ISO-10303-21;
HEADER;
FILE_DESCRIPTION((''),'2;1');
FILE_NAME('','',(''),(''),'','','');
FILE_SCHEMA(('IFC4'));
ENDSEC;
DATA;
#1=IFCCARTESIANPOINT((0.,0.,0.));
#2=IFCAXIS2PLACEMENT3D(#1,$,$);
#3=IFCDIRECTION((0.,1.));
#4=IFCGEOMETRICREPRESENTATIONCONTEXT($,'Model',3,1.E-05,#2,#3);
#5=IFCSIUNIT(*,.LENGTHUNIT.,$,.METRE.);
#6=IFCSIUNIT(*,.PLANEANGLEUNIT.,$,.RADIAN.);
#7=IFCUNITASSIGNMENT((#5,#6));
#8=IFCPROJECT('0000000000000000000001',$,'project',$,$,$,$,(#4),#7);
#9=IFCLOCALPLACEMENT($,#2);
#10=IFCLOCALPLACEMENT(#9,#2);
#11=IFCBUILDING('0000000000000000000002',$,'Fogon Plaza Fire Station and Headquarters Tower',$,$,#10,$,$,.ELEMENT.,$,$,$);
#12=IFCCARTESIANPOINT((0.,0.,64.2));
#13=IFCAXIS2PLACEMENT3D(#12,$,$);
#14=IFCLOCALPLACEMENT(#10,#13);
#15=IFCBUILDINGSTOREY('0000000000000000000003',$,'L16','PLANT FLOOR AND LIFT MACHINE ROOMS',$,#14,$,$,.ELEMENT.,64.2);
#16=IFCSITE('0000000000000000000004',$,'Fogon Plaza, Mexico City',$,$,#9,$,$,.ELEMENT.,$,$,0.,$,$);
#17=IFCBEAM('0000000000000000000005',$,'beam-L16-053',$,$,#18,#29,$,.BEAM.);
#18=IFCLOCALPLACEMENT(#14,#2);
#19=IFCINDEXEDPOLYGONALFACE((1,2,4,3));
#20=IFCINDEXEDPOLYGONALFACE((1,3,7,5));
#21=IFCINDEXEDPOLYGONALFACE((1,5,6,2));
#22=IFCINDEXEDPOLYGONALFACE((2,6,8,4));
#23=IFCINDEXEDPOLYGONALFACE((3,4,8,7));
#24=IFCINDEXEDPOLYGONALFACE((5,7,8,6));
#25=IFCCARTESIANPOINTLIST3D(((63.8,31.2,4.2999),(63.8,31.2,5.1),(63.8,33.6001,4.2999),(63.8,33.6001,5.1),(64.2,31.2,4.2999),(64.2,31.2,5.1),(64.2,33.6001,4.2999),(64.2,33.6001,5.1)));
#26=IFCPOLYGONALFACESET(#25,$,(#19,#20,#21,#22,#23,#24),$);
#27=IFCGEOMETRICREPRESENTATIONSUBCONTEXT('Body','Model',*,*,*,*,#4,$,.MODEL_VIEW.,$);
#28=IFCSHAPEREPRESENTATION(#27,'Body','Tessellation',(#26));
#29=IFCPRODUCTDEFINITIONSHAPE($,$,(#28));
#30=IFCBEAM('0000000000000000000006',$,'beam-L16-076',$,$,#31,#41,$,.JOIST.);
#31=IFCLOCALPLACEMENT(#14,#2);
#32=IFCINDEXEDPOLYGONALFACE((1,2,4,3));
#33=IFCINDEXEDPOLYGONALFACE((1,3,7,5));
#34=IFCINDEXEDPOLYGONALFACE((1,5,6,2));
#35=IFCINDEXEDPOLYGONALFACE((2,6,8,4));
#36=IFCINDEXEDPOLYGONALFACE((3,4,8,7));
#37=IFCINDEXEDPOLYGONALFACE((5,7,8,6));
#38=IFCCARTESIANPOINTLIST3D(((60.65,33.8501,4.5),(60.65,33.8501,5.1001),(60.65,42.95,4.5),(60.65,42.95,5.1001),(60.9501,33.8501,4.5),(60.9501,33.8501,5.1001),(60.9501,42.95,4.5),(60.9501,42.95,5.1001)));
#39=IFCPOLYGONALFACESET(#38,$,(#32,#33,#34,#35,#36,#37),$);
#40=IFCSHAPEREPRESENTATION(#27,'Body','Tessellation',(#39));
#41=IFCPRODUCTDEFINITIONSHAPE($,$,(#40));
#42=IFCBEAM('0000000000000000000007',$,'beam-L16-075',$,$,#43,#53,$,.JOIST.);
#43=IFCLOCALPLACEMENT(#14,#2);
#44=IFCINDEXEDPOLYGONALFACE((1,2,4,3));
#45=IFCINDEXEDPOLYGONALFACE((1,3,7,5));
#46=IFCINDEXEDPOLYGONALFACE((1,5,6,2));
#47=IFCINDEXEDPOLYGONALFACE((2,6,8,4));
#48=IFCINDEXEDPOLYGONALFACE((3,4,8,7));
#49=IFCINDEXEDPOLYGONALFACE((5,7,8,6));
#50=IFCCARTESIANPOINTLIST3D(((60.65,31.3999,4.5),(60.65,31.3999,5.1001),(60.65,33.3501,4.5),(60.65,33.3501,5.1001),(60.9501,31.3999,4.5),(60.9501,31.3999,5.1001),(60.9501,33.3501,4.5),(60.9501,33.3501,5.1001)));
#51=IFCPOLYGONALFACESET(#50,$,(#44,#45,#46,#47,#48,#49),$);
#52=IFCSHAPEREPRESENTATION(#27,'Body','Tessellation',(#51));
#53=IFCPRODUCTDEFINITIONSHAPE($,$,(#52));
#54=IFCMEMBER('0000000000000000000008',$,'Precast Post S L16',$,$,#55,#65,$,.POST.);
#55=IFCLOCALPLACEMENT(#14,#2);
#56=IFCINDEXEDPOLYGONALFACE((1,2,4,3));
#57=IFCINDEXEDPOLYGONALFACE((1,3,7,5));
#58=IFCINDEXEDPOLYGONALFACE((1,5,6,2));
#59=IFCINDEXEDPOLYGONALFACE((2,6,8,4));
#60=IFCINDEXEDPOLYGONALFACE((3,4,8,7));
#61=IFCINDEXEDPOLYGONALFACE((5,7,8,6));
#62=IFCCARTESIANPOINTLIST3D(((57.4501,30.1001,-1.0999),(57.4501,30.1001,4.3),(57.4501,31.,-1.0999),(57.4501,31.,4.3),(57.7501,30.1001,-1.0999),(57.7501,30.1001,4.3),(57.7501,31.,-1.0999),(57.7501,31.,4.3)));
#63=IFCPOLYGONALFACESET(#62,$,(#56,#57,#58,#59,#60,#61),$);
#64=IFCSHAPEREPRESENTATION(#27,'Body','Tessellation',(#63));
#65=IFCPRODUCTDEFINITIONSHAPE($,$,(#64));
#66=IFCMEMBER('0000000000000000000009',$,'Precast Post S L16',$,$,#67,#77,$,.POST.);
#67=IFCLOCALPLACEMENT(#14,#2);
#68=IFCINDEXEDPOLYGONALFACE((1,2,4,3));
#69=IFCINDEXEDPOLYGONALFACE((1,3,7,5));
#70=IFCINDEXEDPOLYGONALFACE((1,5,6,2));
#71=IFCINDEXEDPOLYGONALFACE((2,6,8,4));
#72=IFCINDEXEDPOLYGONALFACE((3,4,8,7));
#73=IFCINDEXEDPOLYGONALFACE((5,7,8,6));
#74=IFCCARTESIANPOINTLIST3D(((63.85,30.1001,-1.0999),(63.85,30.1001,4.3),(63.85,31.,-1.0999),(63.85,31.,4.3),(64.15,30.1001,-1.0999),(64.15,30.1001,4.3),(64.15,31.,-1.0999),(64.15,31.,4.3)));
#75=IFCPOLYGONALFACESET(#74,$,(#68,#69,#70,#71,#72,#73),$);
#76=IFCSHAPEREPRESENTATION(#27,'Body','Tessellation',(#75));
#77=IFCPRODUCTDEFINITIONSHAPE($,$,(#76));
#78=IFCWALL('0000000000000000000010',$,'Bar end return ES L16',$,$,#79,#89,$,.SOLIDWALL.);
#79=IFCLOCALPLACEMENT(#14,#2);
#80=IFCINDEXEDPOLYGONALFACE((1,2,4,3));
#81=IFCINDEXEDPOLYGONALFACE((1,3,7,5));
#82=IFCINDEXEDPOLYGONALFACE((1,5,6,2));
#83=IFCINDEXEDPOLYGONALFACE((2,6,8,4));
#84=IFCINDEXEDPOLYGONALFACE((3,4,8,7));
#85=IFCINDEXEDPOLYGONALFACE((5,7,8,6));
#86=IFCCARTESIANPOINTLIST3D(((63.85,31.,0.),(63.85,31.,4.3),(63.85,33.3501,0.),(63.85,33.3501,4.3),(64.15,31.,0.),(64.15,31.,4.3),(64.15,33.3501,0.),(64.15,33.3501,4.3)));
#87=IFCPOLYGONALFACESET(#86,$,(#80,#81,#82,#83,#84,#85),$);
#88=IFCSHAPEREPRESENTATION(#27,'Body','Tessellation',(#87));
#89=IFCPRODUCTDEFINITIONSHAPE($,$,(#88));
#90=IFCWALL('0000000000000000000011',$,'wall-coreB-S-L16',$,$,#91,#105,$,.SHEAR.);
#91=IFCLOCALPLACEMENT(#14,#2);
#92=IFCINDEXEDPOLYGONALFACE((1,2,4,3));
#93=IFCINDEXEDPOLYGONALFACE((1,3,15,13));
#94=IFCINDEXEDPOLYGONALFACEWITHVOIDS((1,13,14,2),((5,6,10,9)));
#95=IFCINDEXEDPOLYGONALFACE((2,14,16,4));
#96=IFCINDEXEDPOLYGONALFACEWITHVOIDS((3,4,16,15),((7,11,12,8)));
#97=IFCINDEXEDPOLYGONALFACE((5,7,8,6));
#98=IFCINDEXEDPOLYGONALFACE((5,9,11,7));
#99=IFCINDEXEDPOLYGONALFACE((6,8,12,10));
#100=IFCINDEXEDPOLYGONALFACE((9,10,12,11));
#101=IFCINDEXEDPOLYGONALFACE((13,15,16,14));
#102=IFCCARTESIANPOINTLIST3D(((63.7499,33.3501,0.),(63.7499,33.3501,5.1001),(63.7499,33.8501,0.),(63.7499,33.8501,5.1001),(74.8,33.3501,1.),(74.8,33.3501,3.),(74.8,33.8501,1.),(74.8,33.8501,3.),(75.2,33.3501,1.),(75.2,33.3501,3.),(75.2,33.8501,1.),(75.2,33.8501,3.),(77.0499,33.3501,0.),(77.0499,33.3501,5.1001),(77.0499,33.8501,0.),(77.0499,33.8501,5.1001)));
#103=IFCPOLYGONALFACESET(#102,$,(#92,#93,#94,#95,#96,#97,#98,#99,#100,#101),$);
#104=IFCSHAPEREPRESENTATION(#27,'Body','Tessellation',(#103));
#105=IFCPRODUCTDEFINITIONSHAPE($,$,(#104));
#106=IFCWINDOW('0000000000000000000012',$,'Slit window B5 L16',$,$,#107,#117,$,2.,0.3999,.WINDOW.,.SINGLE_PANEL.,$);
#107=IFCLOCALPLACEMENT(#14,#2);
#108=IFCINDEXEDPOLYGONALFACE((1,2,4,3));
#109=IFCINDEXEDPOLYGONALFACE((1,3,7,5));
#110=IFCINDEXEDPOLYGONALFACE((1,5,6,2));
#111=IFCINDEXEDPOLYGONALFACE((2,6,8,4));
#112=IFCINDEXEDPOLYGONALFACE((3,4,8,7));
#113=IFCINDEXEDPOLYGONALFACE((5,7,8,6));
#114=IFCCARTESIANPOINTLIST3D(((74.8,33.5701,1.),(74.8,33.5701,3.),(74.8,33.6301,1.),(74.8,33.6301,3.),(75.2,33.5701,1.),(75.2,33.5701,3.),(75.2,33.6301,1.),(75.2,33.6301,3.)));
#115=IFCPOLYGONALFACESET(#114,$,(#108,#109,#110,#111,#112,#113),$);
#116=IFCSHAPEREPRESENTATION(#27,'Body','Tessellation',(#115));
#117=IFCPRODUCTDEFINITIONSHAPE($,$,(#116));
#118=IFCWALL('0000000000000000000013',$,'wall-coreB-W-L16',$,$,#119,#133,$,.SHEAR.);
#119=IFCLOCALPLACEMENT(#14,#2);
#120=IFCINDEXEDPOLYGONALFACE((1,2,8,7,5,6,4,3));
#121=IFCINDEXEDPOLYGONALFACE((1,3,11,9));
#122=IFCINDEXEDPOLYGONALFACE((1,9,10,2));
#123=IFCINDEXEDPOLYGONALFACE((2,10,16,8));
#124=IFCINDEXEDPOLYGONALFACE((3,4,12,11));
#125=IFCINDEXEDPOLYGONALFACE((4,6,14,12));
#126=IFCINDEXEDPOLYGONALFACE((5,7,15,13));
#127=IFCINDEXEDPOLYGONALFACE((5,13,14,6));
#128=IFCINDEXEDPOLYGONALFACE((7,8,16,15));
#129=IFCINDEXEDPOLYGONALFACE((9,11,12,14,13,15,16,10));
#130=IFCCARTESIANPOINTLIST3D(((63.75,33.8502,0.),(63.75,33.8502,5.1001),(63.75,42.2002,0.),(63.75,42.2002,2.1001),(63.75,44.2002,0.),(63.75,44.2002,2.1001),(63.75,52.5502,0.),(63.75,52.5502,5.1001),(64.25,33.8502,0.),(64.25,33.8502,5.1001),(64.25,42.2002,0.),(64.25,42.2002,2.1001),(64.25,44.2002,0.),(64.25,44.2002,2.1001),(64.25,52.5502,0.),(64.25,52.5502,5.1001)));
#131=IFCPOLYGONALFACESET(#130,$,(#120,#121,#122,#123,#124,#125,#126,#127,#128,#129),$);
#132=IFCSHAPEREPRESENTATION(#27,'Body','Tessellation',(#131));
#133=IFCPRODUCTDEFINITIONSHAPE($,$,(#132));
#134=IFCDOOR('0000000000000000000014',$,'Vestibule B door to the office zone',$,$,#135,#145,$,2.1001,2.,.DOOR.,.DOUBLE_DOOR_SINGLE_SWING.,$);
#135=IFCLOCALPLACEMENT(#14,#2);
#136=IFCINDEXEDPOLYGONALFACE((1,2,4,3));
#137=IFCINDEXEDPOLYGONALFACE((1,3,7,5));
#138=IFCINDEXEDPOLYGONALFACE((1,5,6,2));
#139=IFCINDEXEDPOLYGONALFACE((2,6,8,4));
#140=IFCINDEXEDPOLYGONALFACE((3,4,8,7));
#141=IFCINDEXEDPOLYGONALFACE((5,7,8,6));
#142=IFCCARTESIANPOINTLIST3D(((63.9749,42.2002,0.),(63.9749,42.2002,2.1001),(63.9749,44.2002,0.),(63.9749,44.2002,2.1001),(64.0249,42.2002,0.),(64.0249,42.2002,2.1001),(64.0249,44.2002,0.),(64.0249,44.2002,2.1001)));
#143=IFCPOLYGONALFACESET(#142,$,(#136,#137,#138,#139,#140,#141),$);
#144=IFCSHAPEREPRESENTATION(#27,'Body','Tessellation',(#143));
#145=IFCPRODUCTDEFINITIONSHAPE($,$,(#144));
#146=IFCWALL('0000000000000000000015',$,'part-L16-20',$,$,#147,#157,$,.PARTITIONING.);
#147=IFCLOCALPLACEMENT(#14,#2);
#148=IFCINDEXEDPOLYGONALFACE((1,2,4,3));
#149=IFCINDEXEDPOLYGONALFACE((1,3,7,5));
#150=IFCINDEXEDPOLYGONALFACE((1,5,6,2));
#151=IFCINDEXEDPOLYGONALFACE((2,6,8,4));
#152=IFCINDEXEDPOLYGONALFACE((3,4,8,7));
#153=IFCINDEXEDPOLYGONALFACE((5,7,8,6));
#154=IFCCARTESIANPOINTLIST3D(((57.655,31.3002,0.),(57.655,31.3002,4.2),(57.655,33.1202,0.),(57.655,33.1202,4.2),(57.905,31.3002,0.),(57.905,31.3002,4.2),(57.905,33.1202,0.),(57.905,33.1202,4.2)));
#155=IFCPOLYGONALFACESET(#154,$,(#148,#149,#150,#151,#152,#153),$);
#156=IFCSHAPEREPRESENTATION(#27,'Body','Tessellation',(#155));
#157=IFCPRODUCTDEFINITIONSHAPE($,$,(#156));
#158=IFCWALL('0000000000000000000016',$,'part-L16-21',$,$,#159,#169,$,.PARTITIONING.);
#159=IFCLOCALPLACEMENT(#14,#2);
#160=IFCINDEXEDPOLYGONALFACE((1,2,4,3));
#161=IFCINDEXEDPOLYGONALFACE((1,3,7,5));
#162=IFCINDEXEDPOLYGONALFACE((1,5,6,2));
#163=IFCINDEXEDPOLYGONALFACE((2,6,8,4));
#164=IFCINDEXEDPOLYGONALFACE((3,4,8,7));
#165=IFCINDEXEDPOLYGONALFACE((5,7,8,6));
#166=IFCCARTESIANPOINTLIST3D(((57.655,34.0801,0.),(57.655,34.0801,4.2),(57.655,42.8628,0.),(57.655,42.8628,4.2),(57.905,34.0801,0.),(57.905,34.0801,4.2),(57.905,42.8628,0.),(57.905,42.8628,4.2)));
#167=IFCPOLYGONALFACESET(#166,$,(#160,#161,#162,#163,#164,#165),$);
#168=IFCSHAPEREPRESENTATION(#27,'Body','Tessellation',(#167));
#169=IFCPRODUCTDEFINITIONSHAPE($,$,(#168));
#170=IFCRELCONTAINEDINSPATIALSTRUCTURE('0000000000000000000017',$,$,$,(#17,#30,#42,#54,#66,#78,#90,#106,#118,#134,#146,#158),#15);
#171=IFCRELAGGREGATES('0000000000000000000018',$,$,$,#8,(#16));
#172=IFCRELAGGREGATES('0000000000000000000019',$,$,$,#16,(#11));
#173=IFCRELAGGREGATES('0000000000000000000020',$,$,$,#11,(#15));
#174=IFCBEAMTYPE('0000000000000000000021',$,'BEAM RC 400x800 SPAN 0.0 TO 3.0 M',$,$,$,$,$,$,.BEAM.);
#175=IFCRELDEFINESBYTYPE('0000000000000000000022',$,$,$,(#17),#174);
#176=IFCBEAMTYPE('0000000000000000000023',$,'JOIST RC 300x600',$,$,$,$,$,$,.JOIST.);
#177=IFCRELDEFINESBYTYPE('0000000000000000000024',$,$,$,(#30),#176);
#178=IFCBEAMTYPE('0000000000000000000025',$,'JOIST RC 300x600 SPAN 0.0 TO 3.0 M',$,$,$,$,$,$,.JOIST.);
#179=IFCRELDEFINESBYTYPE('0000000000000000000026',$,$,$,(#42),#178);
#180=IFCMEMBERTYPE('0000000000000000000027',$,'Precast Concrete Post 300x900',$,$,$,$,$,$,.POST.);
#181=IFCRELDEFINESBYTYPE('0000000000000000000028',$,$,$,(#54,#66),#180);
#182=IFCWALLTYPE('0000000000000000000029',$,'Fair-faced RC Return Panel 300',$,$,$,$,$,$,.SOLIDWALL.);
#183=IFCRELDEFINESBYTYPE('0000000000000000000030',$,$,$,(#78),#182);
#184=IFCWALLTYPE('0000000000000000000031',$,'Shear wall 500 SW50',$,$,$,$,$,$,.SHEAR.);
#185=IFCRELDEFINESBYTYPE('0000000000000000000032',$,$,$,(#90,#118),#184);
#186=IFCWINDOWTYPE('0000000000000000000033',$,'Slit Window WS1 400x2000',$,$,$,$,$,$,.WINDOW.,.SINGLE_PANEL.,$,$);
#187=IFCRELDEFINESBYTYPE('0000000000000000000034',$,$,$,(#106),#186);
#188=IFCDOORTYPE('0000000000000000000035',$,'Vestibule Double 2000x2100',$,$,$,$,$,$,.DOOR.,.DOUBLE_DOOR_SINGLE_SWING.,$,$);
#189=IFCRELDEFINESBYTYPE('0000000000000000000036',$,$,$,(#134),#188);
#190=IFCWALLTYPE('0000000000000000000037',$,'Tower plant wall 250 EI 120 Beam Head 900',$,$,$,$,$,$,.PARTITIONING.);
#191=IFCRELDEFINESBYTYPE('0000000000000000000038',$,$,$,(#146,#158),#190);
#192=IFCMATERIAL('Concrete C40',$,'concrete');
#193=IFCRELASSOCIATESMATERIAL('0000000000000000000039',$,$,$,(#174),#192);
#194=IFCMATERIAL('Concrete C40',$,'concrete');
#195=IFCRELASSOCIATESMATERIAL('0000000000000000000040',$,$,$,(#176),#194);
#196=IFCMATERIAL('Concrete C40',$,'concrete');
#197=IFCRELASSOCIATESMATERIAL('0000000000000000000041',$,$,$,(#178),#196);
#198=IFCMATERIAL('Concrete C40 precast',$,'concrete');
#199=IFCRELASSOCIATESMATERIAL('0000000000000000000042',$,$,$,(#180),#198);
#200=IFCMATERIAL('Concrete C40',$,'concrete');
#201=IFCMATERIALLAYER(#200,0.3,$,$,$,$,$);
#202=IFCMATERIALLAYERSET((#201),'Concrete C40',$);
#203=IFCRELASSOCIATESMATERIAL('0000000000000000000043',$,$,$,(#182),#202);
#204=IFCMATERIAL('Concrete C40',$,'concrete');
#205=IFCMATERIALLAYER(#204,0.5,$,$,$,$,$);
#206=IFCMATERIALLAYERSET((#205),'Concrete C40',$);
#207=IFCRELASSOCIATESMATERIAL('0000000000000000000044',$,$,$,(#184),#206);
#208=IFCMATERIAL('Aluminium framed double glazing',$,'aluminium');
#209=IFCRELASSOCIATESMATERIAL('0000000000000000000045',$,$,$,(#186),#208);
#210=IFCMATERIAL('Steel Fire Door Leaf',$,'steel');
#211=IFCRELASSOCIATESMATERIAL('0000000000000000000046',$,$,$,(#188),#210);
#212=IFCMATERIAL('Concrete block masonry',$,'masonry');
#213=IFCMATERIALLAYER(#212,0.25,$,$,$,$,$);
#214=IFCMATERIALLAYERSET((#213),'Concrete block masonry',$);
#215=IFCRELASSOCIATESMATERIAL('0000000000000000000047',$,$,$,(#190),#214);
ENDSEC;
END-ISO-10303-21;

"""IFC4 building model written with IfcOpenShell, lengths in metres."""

from ifc_helpers import new_model, si_unit, direction, frame, frame_2d, origin, origin_2d, place, context, subcontext, project, spatial, rectangle, extrude, material, layer, layer_set, material_profile, profile_set, type_object, element, fill, save


model = new_model("IFC4")

# Units and contexts
model_context = context("Model", 3, precision=1e-05, world=origin(), true_north=direction((0.0, 1.0)))
body_context = subcontext(model_context, "Body", "Model", "MODEL_VIEW")
ifc_project = project(units=[si_unit("LENGTHUNIT", "METRE"), si_unit("PLANEANGLEUNIT", "RADIAN")], contexts=[model_context])

# Site, building, storey
site_placement = place(None, origin())
site = spatial("IfcSite", under=ifc_project, at=site_placement, Name="Fogon Plaza, Mexico City", CompositionType="ELEMENT", RefElevation=0.0)
building_placement = place(site_placement, origin())
building = spatial("IfcBuilding", under=site, at=building_placement, Name="Fogon Plaza Fire Station and Headquarters Tower", CompositionType="ELEMENT")
storey_placement = place(building_placement, frame((0.0, 0.0, 64.2)))
storey = spatial("IfcBuildingStorey", under=building, at=storey_placement, Name="L16", Description="PLANT FLOOR AND LIFT MACHINE ROOMS", CompositionType="ELEMENT", Elevation=64.2)

# Beams
ifc_material_1 = material(Name="Concrete C40", Category="concrete")
ifc_material_profile_1 = material_profile(ifc_material_1, rectangle(XDim=0.3999, YDim=0.8, at=origin_2d()), Name="RC 400x800")
ifc_profile_set_1 = profile_set([ifc_material_profile_1], Name="Concrete C40")
beam_type_1 = type_object("IfcBeamType", Name="BEAM RC 400x800 SPAN 0.0 TO 3.0 M", PredefinedType="BEAM", material=ifc_profile_set_1)
beam_1_placement = place(storey_placement, frame((64.0, 31.2, 4.7), z_axis=(0.0, 1.0, 0.0), x_axis=(-1.0, 0.0, 0.0)))
element("IfcBeam", 1, at=beam_1_placement, inside=storey, type_object=beam_type_1, Name="beam-L16-053", PredefinedType="BEAM", context=body_context, shape_type="SweptSolid", body=[
    extrude(rectangle(XDim=0.3999, YDim=0.8, at=origin_2d()), origin(), (0.0, 0.0, 1.0), 2.4001),
])
ifc_material_2 = material(Name="Concrete C40", Category="concrete")
ifc_material_profile_2 = material_profile(ifc_material_2, rectangle(XDim=0.3, YDim=0.6001, at=origin_2d()), Name="RC 300x600")
ifc_profile_set_2 = profile_set([ifc_material_profile_2], Name="Concrete C40")
beam_type_2 = type_object("IfcBeamType", Name="JOIST RC 300x600", PredefinedType="JOIST", material=ifc_profile_set_2)
beam_2_placement = place(storey_placement, frame((60.8, 33.8501, 4.8), z_axis=(0.0, 1.0, 0.0), x_axis=(-1.0, 0.0, 0.0)))
element("IfcBeam", 2, at=beam_2_placement, inside=storey, type_object=beam_type_2, Name="beam-L16-076", PredefinedType="JOIST", context=body_context, shape_type="SweptSolid", body=[
    extrude(rectangle(XDim=0.3, YDim=0.6001, at=origin_2d()), origin(), (0.0, 0.0, 1.0), 9.0999),
])
ifc_material_3 = material(Name="Concrete C40", Category="concrete")
ifc_material_profile_3 = material_profile(ifc_material_3, rectangle(XDim=0.3, YDim=0.6001, at=origin_2d()), Name="RC 300x600")
ifc_profile_set_3 = profile_set([ifc_material_profile_3], Name="Concrete C40")
beam_type_3 = type_object("IfcBeamType", Name="JOIST RC 300x600 SPAN 0.0 TO 3.0 M", PredefinedType="JOIST", material=ifc_profile_set_3)
beam_3_placement = place(storey_placement, frame((60.8, 31.3999, 4.8), z_axis=(0.0, 1.0, 0.0), x_axis=(-1.0, 0.0, 0.0)))
element("IfcBeam", 3, at=beam_3_placement, inside=storey, type_object=beam_type_3, Name="beam-L16-075", PredefinedType="JOIST", context=body_context, shape_type="SweptSolid", body=[
    extrude(rectangle(XDim=0.3, YDim=0.6001, at=origin_2d()), origin(), (0.0, 0.0, 1.0), 1.9502),
])

# Members
ifc_material_4 = material(Name="Concrete C40 precast", Category="concrete")
ifc_material_profile_4 = material_profile(ifc_material_4, rectangle(XDim=0.3, YDim=0.8999, at=origin_2d()), Name="Precast Concrete Post 300x900")
ifc_profile_set_4 = profile_set([ifc_material_profile_4], Name="Concrete C40 precast")
member_type = type_object("IfcMemberType", Name="Precast Concrete Post 300x900", PredefinedType="POST", material=ifc_profile_set_4)
for number, where, z_axis, x_axis, name in (
    (4, (57.6001, 30.55, -1.0999), (0.0, 0.0, 1.0), (1.0, 0.0, 0.0), "Precast Post S L16"),
    (5, (64.0, 30.55, -1.0999), (0.0, 0.0, 1.0), (1.0, 0.0, 0.0), "Precast Post S L16"),
):
    element("IfcMember", number, at=place(storey_placement, frame(where, z_axis=z_axis, x_axis=x_axis)), inside=storey, type_object=member_type, Name=name, PredefinedType="POST", context=body_context, shape_type="SweptSolid", body=[
        extrude(rectangle(XDim=0.3, YDim=0.8999, at=origin_2d()), origin(), (0.0, 0.0, 1.0), 5.3999),
    ])

# Wall
ifc_material_5 = material(Name="Concrete C40", Category="concrete")
ifc_layer_1 = layer(ifc_material_5, 0.3)
ifc_layer_set_1 = layer_set([ifc_layer_1], Name="Concrete C40")
wall_type_1 = type_object("IfcWallType", Name="Fair-faced RC Return Panel 300", PredefinedType="SOLIDWALL", material=ifc_layer_set_1)
wall_1_placement = place(storey_placement, frame((64.0, 31.0, 0.0), z_axis=(0.0, 0.0, 1.0), x_axis=(0.0, 1.0, 0.0)))
element("IfcWall", 6, at=wall_1_placement, inside=storey, type_object=wall_type_1, Name="Bar end return ES L16", PredefinedType="SOLIDWALL", context=body_context, shape_type="SweptSolid", body=[
    extrude(rectangle(XDim=2.3501, YDim=0.3, at=frame_2d((1.175, 0.0))), origin(), (0.0, 0.0, 1.0), 4.3),
])

# Wall, opening, window
ifc_material_6 = material(Name="Concrete C40", Category="concrete")
ifc_layer_2 = layer(ifc_material_6, 0.5)
ifc_layer_set_2 = layer_set([ifc_layer_2], Name="Concrete C40")
wall_type_2 = type_object("IfcWallType", Name="Shear wall 500 SW50", PredefinedType="SHEAR", material=ifc_layer_set_2)
wall_2_placement = place(storey_placement, frame((63.75, 33.6001, 0.0), z_axis=(0.0, 0.0, 1.0), x_axis=(1.0, 0.0, 0.0)))
wall_2 = element("IfcWall", 7, at=wall_2_placement, inside=storey, type_object=wall_type_2, Name="wall-coreB-S-L16", PredefinedType="SHEAR", context=body_context, shape_type="SweptSolid", body=[
    extrude(rectangle(XDim=13.3, YDim=0.5, at=frame_2d((6.6499, 0.0))), origin(), (0.0, 0.0, 1.0), 5.1001),
])
opening_1_placement = place(wall_2_placement, frame((11.05, 0.0, 1.0)))
opening_1 = element("IfcOpeningElement", 8, at=opening_1_placement, cuts=wall_2, PredefinedType="OPENING", context=body_context, shape_type="SweptSolid", body=[
    extrude(rectangle(XDim=0.3999, YDim=2.0, at=frame_2d((0.2, 1.0))), frame((0.0, 0.26, 0.0), z_axis=(0.0, -1.0, 0.0), x_axis=(1.0, 0.0, 0.0)), (0.0, 0.0, 1.0), 0.52),
])
ifc_material_7 = material(Name="Aluminium framed double glazing", Category="aluminium")
window_type = type_object("IfcWindowType", Name="Slit Window WS1 400x2000", PartitioningType="SINGLE_PANEL", PredefinedType="WINDOW", material=ifc_material_7)
window_placement = place(opening_1_placement, origin())
window = element("IfcWindow", 9, at=window_placement, inside=storey, type_object=window_type, Name="Slit window B5 L16", OverallHeight=2.0, OverallWidth=0.3999, PartitioningType="SINGLE_PANEL", PredefinedType="WINDOW", context=body_context, shape_type="SweptSolid", body=[
    extrude(rectangle(XDim=0.3999, YDim=2.0, at=frame_2d((0.2, 1.0))), frame((0.0, 0.03, 0.0), z_axis=(0.0, -1.0, 0.0), x_axis=(1.0, 0.0, 0.0)), (0.0, 0.0, 1.0), 0.0601),
])
fill(opening_1, window)

# Wall, opening, door
wall_3_placement = place(storey_placement, frame((64.0, 33.8501, 0.0), z_axis=(0.0, 0.0, 1.0), x_axis=(0.0, 1.0, 0.0)))
wall_3 = element("IfcWall", 10, at=wall_3_placement, inside=storey, type_object=wall_type_2, Name="wall-coreB-W-L16", PredefinedType="SHEAR", context=body_context, shape_type="SweptSolid", body=[
    extrude(rectangle(XDim=18.7, YDim=0.5, at=frame_2d((9.3501, 0.0))), origin(), (0.0, 0.0, 1.0), 5.1001),
])
opening_2_placement = place(wall_3_placement, frame((8.3501, 0.0, 0.0)))
opening_2 = element("IfcOpeningElement", 11, at=opening_2_placement, cuts=wall_3, PredefinedType="OPENING", context=body_context, shape_type="SweptSolid", body=[
    extrude(rectangle(XDim=2.0, YDim=2.1001, at=frame_2d((1.0, 1.05))), frame((0.0, 0.26, 0.0), z_axis=(0.0, -1.0, 0.0), x_axis=(1.0, 0.0, 0.0)), (0.0, 0.0, 1.0), 0.52),
])
ifc_material_8 = material(Name="Steel Fire Door Leaf", Category="steel")
door_type = type_object("IfcDoorType", Name="Vestibule Double 2000x2100", OperationType="DOUBLE_DOOR_SINGLE_SWING", PredefinedType="DOOR", material=ifc_material_8)
door_placement = place(opening_2_placement, frame((2.0, 0.0, 0.0), z_axis=(0.0, 0.0, 1.0), x_axis=(-1.0, 0.0, 0.0)))
door = element("IfcDoor", 12, at=door_placement, inside=storey, type_object=door_type, Name="Vestibule B door to the office zone", OperationType="DOUBLE_DOOR_SINGLE_SWING", OverallHeight=2.1001, OverallWidth=2.0, PredefinedType="DOOR", context=body_context, shape_type="SweptSolid", body=[
    extrude(rectangle(XDim=2.0, YDim=2.1001, at=frame_2d((1.0, 1.05))), frame((0.0, 0.0249, 0.0), z_axis=(0.0, -1.0, 0.0), x_axis=(1.0, 0.0, 0.0)), (0.0, 0.0, 1.0), 0.05),
])
fill(opening_2, door)

# Walls
ifc_material_9 = material(Name="Concrete block masonry", Category="masonry")
ifc_layer_3 = layer(ifc_material_9, 0.25)
ifc_layer_set_3 = layer_set([ifc_layer_3], Name="Concrete block masonry")
wall_type_3 = type_object("IfcWallType", Name="Tower plant wall 250 EI 120 Beam Head 900", PredefinedType="PARTITIONING", material=ifc_layer_set_3)
wall_4_placement = place(storey_placement, frame((57.78, 31.3, 0.0), z_axis=(0.0, 0.0, 1.0), x_axis=(0.0, 1.0, 0.0)))
element("IfcWall", 13, at=wall_4_placement, inside=storey, type_object=wall_type_3, Name="part-L16-20", PredefinedType="PARTITIONING", context=body_context, shape_type="SweptSolid", body=[
    extrude(rectangle(XDim=1.8201, YDim=0.25, at=frame_2d((0.9102, 0.0))), origin(), (0.0, 0.0, 1.0), 4.2),
])
wall_5_placement = place(storey_placement, frame((57.78, 34.0801, 0.0), z_axis=(0.0, 0.0, 1.0), x_axis=(0.0, 1.0, 0.0)))
element("IfcWall", 14, at=wall_5_placement, inside=storey, type_object=wall_type_3, Name="part-L16-21", PredefinedType="PARTITIONING", context=body_context, shape_type="SweptSolid", body=[
    extrude(rectangle(XDim=8.7827, YDim=0.25, at=frame_2d((4.3914, 0.0))), origin(), (0.0, 0.0, 1.0), 4.2),
])

save(model, "model.ifc")
